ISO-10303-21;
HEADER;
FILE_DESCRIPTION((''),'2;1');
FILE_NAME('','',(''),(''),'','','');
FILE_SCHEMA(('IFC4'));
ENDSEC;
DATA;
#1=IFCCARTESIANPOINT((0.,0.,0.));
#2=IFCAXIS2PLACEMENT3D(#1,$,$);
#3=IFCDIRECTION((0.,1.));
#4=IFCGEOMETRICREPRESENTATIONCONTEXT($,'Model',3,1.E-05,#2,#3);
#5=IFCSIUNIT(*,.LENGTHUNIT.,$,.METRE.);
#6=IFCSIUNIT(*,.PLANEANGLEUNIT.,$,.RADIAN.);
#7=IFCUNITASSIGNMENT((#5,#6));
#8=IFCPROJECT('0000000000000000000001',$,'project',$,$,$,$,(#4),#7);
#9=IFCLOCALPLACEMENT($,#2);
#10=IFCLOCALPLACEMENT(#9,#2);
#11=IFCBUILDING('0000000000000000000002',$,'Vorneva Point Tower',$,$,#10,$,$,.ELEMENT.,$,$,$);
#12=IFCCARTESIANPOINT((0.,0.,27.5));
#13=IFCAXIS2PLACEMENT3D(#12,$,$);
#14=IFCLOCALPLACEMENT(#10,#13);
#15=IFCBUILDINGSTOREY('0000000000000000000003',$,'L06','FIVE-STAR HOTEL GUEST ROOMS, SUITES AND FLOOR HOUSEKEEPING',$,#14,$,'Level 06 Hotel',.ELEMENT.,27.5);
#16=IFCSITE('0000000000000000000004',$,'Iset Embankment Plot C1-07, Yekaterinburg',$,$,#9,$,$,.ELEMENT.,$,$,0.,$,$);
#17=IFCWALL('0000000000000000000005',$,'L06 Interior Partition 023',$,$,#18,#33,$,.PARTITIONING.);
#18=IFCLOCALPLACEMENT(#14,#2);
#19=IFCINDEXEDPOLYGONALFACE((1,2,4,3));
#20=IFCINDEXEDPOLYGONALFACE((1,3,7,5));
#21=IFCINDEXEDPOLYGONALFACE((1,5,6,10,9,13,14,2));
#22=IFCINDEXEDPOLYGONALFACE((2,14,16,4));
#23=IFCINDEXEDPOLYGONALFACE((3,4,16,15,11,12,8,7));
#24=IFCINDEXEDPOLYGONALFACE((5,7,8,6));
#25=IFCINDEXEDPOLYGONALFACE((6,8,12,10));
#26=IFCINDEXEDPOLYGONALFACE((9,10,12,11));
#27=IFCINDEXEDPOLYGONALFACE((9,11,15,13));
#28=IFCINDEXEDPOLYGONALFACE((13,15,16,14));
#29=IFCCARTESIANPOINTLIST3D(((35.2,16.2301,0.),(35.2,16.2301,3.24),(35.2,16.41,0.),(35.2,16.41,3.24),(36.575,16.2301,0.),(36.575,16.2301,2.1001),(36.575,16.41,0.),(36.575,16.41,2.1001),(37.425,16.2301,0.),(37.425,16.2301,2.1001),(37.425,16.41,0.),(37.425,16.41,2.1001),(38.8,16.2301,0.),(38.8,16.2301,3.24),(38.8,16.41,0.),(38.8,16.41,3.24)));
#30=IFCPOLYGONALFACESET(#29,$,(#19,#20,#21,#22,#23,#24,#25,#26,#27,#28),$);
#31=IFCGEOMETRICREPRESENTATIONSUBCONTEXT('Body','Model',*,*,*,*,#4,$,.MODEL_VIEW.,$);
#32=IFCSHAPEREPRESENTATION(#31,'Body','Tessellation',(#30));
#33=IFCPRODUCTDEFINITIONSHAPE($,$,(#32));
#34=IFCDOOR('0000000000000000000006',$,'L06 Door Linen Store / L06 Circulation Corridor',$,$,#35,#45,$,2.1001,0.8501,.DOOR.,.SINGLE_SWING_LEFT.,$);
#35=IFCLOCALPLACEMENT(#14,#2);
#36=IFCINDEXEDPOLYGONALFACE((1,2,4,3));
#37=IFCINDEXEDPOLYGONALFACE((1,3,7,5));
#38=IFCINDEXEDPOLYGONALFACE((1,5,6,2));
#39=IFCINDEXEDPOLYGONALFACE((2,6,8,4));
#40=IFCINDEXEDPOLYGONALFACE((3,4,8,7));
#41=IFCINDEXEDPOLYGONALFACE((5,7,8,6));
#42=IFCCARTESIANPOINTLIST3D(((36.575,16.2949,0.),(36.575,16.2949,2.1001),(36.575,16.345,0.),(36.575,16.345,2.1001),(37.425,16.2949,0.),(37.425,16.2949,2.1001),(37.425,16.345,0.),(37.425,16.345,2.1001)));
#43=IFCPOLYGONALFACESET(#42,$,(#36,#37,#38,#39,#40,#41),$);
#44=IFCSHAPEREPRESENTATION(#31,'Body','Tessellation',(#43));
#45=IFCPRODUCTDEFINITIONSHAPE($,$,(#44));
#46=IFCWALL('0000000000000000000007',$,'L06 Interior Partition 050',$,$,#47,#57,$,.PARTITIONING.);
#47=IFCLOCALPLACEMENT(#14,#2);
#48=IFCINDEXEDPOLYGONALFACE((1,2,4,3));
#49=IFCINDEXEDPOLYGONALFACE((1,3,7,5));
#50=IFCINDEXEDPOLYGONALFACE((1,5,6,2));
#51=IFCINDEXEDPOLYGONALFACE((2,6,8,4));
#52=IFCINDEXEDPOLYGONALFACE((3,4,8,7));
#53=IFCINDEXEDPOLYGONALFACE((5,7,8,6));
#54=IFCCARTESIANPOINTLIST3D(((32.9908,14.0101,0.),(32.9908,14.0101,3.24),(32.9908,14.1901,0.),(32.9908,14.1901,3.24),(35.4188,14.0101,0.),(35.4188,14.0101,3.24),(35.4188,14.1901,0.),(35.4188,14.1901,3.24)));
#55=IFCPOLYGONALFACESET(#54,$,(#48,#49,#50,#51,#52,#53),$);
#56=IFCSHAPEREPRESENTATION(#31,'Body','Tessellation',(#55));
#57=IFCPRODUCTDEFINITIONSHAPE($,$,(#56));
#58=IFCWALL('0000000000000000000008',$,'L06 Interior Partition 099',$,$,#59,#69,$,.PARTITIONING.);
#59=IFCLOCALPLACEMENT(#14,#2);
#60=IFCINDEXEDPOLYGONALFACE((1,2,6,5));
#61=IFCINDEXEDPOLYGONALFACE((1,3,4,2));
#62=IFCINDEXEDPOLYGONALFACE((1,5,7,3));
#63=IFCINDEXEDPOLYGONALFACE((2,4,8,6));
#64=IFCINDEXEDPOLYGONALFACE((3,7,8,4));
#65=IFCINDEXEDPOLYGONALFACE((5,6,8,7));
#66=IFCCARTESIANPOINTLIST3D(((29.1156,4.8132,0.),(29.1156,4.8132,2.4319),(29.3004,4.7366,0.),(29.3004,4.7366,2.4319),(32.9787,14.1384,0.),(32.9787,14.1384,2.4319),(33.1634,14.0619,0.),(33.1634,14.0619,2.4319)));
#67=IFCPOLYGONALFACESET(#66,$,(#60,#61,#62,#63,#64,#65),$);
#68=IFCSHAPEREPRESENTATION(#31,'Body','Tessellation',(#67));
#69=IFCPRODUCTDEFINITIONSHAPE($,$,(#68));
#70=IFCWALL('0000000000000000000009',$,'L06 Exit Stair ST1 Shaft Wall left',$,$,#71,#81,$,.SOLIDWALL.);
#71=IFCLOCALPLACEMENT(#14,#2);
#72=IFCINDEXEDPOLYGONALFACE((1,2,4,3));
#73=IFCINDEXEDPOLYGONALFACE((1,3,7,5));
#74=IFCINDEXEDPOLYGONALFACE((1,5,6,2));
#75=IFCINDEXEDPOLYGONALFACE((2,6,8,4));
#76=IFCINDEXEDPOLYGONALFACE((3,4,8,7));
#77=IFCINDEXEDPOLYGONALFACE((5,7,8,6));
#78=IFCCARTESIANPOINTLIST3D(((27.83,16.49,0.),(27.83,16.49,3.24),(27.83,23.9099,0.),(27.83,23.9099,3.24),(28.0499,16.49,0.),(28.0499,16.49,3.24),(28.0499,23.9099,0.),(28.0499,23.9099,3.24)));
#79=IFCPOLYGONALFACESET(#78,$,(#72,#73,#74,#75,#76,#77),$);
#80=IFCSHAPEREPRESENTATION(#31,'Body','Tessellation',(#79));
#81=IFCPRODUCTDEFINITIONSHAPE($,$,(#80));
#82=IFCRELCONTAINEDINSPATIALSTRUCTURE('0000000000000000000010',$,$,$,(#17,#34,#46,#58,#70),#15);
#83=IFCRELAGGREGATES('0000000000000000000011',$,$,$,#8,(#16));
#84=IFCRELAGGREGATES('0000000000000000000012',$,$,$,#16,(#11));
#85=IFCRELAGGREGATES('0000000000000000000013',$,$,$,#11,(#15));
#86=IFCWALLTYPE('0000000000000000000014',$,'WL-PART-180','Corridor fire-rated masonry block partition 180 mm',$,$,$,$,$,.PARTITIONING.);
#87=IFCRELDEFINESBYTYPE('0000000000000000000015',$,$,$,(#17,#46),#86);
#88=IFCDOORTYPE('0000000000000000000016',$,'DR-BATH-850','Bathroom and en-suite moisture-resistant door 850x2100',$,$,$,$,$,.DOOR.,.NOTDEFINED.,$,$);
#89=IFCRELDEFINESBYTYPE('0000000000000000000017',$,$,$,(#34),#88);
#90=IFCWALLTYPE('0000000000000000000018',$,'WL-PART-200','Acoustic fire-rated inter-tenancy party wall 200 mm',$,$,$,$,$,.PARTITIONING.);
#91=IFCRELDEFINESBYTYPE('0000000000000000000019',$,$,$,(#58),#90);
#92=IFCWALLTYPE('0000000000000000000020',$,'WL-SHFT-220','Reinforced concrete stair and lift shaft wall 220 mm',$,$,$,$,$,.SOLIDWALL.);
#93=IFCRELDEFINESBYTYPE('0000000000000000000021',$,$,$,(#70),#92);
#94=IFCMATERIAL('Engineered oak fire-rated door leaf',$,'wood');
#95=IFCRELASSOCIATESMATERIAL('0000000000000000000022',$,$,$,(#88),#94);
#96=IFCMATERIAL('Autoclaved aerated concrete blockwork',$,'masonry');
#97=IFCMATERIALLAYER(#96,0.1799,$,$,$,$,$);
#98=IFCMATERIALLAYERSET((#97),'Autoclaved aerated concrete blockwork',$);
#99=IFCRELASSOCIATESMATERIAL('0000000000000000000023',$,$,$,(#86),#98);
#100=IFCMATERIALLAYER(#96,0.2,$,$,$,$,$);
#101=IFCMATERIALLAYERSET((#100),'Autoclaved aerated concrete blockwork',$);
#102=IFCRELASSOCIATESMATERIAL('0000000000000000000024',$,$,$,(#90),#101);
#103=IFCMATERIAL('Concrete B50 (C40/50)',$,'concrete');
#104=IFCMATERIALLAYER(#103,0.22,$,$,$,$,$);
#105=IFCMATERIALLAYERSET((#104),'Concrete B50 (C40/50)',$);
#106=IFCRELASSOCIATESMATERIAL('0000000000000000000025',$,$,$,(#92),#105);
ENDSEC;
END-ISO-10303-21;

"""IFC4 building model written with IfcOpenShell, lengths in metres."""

from ifc_helpers import new_model, si_unit, direction, frame, frame_2d, origin, place, context, subcontext, project, spatial, rectangle, extrude, material, layer, layer_set, type_object, element, fill, save


model = new_model("IFC4")

# Units and contexts
model_context = context("Model", 3, precision=1e-05, world=origin(), true_north=direction((0.0, 1.0)))
body_context = subcontext(model_context, "Body", "Model", "MODEL_VIEW")
ifc_project = project(units=[si_unit("LENGTHUNIT", "METRE"), si_unit("PLANEANGLEUNIT", "RADIAN")], contexts=[model_context])

# Site, building, storey
site_placement = place(None, origin())
site = spatial("IfcSite", under=ifc_project, at=site_placement, Name="Iset Embankment Plot C1-07, Yekaterinburg", CompositionType="ELEMENT", RefElevation=0.0)
building_placement = place(site_placement, origin())
building = spatial("IfcBuilding", under=site, at=building_placement, Name="Vorneva Point Tower", CompositionType="ELEMENT")
storey_placement = place(building_placement, frame((0.0, 0.0, 27.5)))
storey = spatial("IfcBuildingStorey", under=building, at=storey_placement, Name="L06", Description="FIVE-STAR HOTEL GUEST ROOMS, SUITES AND FLOOR HOUSEKEEPING", LongName="Level 06 Hotel", CompositionType="ELEMENT", Elevation=27.5)

# Shared definitions
ifc_material_1 = material(Name="Engineered oak fire-rated door leaf", Category="wood")
door_type_1 = type_object("IfcDoorType", Name="DR-BATH-850", Description="Bathroom and en-suite moisture-resistant door 850x2100", OperationType="NOTDEFINED", PredefinedType="DOOR", material=ifc_material_1)

# Wall, opening, door
ifc_material_2 = material(Name="Autoclaved aerated concrete blockwork", Category="masonry")
ifc_layer_1 = layer(ifc_material_2, 0.1799)
ifc_layer_set_1 = layer_set([ifc_layer_1], Name="Autoclaved aerated concrete blockwork")
wall_type_1 = type_object("IfcWallType", Name="WL-PART-180", Description="Corridor fire-rated masonry block partition 180 mm", PredefinedType="PARTITIONING", material=ifc_layer_set_1)
wall_1_placement = place(storey_placement, frame((35.2, 16.3201, 0.0), z_axis=(0.0, 0.0, 1.0), x_axis=(1.0, 0.0, 0.0)))
wall_1 = element("IfcWall", 1, at=wall_1_placement, inside=storey, type_object=wall_type_1, Name="L06 Interior Partition 023", PredefinedType="PARTITIONING", context=body_context, shape_type="SweptSolid", body=[
    extrude(rectangle(XDim=3.6001, YDim=0.1799, at=frame_2d((1.8, 0.0))), origin(), (0.0, 0.0, 1.0), 3.24),
])
opening_1_placement = place(wall_1_placement, frame((1.375, 0.0, 0.0)))
opening_1 = element("IfcOpeningElement", 2, at=opening_1_placement, cuts=wall_1, PredefinedType="OPENING", context=body_context, shape_type="SweptSolid", body=[
    extrude(rectangle(XDim=0.8501, YDim=2.1001, at=frame_2d((0.425, 1.05))), frame((0.0, 0.105, 0.0), z_axis=(0.0, -1.0, 0.0), x_axis=(1.0, 0.0, 0.0)), (0.0, 0.0, 1.0), 0.2097),
])
door_1_placement = place(opening_1_placement, origin())
door_1 = element("IfcDoor", 3, at=door_1_placement, inside=storey, type_object=door_type_1, Name="L06 Door Linen Store / L06 Circulation Corridor", OperationType="SINGLE_SWING_LEFT", OverallHeight=2.1001, OverallWidth=0.8501, PredefinedType="DOOR", context=body_context, shape_type="SweptSolid", body=[
    extrude(rectangle(XDim=0.8501, YDim=2.1001, at=frame_2d((0.425, 1.05))), frame((0.0, 0.0249, 0.0), z_axis=(0.0, -1.0, 0.0), x_axis=(1.0, 0.0, 0.0)), (0.0, 0.0, 1.0), 0.05),
])
fill(opening_1, door_1)

# Walls
wall_2_placement = place(storey_placement, frame((32.991, 14.1001, 0.0), z_axis=(0.0, 0.0, 1.0), x_axis=(1.0, 0.0, 0.0)))
element("IfcWall", 4, at=wall_2_placement, inside=storey, type_object=wall_type_1, Name="L06 Interior Partition 050", PredefinedType="PARTITIONING", context=body_context, shape_type="SweptSolid", body=[
    extrude(rectangle(XDim=2.428, YDim=0.1799, at=frame_2d((1.2139, 0.0))), origin(), (0.0, 0.0, 1.0), 3.24),
])
ifc_layer_2 = layer(ifc_material_2, 0.2)
ifc_layer_set_2 = layer_set([ifc_layer_2], Name="Autoclaved aerated concrete blockwork")
wall_type_2 = type_object("IfcWallType", Name="WL-PART-200", Description="Acoustic fire-rated inter-tenancy party wall 200 mm", PredefinedType="PARTITIONING", material=ifc_layer_set_2)
wall_3_placement = place(storey_placement, frame((29.208, 4.7749, 0.0), z_axis=(0.0, 0.0, 1.0), x_axis=(0.382719, 0.923865, 0.0)))
element("IfcWall", 5, at=wall_3_placement, inside=storey, type_object=wall_type_2, Name="L06 Interior Partition 099", PredefinedType="PARTITIONING", context=body_context, shape_type="SweptSolid", body=[
    extrude(rectangle(XDim=10.0938, YDim=0.2, at=frame_2d((5.0469, 0.0))), origin(), (0.0, 0.0, 1.0), 2.4319),
])
ifc_material_3 = material(Name="Concrete B50 (C40/50)", Category="concrete")
ifc_layer_3 = layer(ifc_material_3, 0.22)
ifc_layer_set_3 = layer_set([ifc_layer_3], Name="Concrete B50 (C40/50)")
wall_type_3 = type_object("IfcWallType", Name="WL-SHFT-220", Description="Reinforced concrete stair and lift shaft wall 220 mm", PredefinedType="SOLIDWALL", material=ifc_layer_set_3)
wall_4_placement = place(storey_placement, frame((27.9399, 16.49, 0.0), z_axis=(0.0, 0.0, 1.0), x_axis=(0.0, 1.0, 0.0)))
element("IfcWall", 6, at=wall_4_placement, inside=storey, type_object=wall_type_3, Name="L06 Exit Stair ST1 Shaft Wall left", PredefinedType="SOLIDWALL", context=body_context, shape_type="SweptSolid", body=[
    extrude(rectangle(XDim=7.4199, YDim=0.22, at=frame_2d((3.71, 0.0))), origin(), (0.0, 0.0, 1.0), 3.24),
])

save(model, "model.ifc")
